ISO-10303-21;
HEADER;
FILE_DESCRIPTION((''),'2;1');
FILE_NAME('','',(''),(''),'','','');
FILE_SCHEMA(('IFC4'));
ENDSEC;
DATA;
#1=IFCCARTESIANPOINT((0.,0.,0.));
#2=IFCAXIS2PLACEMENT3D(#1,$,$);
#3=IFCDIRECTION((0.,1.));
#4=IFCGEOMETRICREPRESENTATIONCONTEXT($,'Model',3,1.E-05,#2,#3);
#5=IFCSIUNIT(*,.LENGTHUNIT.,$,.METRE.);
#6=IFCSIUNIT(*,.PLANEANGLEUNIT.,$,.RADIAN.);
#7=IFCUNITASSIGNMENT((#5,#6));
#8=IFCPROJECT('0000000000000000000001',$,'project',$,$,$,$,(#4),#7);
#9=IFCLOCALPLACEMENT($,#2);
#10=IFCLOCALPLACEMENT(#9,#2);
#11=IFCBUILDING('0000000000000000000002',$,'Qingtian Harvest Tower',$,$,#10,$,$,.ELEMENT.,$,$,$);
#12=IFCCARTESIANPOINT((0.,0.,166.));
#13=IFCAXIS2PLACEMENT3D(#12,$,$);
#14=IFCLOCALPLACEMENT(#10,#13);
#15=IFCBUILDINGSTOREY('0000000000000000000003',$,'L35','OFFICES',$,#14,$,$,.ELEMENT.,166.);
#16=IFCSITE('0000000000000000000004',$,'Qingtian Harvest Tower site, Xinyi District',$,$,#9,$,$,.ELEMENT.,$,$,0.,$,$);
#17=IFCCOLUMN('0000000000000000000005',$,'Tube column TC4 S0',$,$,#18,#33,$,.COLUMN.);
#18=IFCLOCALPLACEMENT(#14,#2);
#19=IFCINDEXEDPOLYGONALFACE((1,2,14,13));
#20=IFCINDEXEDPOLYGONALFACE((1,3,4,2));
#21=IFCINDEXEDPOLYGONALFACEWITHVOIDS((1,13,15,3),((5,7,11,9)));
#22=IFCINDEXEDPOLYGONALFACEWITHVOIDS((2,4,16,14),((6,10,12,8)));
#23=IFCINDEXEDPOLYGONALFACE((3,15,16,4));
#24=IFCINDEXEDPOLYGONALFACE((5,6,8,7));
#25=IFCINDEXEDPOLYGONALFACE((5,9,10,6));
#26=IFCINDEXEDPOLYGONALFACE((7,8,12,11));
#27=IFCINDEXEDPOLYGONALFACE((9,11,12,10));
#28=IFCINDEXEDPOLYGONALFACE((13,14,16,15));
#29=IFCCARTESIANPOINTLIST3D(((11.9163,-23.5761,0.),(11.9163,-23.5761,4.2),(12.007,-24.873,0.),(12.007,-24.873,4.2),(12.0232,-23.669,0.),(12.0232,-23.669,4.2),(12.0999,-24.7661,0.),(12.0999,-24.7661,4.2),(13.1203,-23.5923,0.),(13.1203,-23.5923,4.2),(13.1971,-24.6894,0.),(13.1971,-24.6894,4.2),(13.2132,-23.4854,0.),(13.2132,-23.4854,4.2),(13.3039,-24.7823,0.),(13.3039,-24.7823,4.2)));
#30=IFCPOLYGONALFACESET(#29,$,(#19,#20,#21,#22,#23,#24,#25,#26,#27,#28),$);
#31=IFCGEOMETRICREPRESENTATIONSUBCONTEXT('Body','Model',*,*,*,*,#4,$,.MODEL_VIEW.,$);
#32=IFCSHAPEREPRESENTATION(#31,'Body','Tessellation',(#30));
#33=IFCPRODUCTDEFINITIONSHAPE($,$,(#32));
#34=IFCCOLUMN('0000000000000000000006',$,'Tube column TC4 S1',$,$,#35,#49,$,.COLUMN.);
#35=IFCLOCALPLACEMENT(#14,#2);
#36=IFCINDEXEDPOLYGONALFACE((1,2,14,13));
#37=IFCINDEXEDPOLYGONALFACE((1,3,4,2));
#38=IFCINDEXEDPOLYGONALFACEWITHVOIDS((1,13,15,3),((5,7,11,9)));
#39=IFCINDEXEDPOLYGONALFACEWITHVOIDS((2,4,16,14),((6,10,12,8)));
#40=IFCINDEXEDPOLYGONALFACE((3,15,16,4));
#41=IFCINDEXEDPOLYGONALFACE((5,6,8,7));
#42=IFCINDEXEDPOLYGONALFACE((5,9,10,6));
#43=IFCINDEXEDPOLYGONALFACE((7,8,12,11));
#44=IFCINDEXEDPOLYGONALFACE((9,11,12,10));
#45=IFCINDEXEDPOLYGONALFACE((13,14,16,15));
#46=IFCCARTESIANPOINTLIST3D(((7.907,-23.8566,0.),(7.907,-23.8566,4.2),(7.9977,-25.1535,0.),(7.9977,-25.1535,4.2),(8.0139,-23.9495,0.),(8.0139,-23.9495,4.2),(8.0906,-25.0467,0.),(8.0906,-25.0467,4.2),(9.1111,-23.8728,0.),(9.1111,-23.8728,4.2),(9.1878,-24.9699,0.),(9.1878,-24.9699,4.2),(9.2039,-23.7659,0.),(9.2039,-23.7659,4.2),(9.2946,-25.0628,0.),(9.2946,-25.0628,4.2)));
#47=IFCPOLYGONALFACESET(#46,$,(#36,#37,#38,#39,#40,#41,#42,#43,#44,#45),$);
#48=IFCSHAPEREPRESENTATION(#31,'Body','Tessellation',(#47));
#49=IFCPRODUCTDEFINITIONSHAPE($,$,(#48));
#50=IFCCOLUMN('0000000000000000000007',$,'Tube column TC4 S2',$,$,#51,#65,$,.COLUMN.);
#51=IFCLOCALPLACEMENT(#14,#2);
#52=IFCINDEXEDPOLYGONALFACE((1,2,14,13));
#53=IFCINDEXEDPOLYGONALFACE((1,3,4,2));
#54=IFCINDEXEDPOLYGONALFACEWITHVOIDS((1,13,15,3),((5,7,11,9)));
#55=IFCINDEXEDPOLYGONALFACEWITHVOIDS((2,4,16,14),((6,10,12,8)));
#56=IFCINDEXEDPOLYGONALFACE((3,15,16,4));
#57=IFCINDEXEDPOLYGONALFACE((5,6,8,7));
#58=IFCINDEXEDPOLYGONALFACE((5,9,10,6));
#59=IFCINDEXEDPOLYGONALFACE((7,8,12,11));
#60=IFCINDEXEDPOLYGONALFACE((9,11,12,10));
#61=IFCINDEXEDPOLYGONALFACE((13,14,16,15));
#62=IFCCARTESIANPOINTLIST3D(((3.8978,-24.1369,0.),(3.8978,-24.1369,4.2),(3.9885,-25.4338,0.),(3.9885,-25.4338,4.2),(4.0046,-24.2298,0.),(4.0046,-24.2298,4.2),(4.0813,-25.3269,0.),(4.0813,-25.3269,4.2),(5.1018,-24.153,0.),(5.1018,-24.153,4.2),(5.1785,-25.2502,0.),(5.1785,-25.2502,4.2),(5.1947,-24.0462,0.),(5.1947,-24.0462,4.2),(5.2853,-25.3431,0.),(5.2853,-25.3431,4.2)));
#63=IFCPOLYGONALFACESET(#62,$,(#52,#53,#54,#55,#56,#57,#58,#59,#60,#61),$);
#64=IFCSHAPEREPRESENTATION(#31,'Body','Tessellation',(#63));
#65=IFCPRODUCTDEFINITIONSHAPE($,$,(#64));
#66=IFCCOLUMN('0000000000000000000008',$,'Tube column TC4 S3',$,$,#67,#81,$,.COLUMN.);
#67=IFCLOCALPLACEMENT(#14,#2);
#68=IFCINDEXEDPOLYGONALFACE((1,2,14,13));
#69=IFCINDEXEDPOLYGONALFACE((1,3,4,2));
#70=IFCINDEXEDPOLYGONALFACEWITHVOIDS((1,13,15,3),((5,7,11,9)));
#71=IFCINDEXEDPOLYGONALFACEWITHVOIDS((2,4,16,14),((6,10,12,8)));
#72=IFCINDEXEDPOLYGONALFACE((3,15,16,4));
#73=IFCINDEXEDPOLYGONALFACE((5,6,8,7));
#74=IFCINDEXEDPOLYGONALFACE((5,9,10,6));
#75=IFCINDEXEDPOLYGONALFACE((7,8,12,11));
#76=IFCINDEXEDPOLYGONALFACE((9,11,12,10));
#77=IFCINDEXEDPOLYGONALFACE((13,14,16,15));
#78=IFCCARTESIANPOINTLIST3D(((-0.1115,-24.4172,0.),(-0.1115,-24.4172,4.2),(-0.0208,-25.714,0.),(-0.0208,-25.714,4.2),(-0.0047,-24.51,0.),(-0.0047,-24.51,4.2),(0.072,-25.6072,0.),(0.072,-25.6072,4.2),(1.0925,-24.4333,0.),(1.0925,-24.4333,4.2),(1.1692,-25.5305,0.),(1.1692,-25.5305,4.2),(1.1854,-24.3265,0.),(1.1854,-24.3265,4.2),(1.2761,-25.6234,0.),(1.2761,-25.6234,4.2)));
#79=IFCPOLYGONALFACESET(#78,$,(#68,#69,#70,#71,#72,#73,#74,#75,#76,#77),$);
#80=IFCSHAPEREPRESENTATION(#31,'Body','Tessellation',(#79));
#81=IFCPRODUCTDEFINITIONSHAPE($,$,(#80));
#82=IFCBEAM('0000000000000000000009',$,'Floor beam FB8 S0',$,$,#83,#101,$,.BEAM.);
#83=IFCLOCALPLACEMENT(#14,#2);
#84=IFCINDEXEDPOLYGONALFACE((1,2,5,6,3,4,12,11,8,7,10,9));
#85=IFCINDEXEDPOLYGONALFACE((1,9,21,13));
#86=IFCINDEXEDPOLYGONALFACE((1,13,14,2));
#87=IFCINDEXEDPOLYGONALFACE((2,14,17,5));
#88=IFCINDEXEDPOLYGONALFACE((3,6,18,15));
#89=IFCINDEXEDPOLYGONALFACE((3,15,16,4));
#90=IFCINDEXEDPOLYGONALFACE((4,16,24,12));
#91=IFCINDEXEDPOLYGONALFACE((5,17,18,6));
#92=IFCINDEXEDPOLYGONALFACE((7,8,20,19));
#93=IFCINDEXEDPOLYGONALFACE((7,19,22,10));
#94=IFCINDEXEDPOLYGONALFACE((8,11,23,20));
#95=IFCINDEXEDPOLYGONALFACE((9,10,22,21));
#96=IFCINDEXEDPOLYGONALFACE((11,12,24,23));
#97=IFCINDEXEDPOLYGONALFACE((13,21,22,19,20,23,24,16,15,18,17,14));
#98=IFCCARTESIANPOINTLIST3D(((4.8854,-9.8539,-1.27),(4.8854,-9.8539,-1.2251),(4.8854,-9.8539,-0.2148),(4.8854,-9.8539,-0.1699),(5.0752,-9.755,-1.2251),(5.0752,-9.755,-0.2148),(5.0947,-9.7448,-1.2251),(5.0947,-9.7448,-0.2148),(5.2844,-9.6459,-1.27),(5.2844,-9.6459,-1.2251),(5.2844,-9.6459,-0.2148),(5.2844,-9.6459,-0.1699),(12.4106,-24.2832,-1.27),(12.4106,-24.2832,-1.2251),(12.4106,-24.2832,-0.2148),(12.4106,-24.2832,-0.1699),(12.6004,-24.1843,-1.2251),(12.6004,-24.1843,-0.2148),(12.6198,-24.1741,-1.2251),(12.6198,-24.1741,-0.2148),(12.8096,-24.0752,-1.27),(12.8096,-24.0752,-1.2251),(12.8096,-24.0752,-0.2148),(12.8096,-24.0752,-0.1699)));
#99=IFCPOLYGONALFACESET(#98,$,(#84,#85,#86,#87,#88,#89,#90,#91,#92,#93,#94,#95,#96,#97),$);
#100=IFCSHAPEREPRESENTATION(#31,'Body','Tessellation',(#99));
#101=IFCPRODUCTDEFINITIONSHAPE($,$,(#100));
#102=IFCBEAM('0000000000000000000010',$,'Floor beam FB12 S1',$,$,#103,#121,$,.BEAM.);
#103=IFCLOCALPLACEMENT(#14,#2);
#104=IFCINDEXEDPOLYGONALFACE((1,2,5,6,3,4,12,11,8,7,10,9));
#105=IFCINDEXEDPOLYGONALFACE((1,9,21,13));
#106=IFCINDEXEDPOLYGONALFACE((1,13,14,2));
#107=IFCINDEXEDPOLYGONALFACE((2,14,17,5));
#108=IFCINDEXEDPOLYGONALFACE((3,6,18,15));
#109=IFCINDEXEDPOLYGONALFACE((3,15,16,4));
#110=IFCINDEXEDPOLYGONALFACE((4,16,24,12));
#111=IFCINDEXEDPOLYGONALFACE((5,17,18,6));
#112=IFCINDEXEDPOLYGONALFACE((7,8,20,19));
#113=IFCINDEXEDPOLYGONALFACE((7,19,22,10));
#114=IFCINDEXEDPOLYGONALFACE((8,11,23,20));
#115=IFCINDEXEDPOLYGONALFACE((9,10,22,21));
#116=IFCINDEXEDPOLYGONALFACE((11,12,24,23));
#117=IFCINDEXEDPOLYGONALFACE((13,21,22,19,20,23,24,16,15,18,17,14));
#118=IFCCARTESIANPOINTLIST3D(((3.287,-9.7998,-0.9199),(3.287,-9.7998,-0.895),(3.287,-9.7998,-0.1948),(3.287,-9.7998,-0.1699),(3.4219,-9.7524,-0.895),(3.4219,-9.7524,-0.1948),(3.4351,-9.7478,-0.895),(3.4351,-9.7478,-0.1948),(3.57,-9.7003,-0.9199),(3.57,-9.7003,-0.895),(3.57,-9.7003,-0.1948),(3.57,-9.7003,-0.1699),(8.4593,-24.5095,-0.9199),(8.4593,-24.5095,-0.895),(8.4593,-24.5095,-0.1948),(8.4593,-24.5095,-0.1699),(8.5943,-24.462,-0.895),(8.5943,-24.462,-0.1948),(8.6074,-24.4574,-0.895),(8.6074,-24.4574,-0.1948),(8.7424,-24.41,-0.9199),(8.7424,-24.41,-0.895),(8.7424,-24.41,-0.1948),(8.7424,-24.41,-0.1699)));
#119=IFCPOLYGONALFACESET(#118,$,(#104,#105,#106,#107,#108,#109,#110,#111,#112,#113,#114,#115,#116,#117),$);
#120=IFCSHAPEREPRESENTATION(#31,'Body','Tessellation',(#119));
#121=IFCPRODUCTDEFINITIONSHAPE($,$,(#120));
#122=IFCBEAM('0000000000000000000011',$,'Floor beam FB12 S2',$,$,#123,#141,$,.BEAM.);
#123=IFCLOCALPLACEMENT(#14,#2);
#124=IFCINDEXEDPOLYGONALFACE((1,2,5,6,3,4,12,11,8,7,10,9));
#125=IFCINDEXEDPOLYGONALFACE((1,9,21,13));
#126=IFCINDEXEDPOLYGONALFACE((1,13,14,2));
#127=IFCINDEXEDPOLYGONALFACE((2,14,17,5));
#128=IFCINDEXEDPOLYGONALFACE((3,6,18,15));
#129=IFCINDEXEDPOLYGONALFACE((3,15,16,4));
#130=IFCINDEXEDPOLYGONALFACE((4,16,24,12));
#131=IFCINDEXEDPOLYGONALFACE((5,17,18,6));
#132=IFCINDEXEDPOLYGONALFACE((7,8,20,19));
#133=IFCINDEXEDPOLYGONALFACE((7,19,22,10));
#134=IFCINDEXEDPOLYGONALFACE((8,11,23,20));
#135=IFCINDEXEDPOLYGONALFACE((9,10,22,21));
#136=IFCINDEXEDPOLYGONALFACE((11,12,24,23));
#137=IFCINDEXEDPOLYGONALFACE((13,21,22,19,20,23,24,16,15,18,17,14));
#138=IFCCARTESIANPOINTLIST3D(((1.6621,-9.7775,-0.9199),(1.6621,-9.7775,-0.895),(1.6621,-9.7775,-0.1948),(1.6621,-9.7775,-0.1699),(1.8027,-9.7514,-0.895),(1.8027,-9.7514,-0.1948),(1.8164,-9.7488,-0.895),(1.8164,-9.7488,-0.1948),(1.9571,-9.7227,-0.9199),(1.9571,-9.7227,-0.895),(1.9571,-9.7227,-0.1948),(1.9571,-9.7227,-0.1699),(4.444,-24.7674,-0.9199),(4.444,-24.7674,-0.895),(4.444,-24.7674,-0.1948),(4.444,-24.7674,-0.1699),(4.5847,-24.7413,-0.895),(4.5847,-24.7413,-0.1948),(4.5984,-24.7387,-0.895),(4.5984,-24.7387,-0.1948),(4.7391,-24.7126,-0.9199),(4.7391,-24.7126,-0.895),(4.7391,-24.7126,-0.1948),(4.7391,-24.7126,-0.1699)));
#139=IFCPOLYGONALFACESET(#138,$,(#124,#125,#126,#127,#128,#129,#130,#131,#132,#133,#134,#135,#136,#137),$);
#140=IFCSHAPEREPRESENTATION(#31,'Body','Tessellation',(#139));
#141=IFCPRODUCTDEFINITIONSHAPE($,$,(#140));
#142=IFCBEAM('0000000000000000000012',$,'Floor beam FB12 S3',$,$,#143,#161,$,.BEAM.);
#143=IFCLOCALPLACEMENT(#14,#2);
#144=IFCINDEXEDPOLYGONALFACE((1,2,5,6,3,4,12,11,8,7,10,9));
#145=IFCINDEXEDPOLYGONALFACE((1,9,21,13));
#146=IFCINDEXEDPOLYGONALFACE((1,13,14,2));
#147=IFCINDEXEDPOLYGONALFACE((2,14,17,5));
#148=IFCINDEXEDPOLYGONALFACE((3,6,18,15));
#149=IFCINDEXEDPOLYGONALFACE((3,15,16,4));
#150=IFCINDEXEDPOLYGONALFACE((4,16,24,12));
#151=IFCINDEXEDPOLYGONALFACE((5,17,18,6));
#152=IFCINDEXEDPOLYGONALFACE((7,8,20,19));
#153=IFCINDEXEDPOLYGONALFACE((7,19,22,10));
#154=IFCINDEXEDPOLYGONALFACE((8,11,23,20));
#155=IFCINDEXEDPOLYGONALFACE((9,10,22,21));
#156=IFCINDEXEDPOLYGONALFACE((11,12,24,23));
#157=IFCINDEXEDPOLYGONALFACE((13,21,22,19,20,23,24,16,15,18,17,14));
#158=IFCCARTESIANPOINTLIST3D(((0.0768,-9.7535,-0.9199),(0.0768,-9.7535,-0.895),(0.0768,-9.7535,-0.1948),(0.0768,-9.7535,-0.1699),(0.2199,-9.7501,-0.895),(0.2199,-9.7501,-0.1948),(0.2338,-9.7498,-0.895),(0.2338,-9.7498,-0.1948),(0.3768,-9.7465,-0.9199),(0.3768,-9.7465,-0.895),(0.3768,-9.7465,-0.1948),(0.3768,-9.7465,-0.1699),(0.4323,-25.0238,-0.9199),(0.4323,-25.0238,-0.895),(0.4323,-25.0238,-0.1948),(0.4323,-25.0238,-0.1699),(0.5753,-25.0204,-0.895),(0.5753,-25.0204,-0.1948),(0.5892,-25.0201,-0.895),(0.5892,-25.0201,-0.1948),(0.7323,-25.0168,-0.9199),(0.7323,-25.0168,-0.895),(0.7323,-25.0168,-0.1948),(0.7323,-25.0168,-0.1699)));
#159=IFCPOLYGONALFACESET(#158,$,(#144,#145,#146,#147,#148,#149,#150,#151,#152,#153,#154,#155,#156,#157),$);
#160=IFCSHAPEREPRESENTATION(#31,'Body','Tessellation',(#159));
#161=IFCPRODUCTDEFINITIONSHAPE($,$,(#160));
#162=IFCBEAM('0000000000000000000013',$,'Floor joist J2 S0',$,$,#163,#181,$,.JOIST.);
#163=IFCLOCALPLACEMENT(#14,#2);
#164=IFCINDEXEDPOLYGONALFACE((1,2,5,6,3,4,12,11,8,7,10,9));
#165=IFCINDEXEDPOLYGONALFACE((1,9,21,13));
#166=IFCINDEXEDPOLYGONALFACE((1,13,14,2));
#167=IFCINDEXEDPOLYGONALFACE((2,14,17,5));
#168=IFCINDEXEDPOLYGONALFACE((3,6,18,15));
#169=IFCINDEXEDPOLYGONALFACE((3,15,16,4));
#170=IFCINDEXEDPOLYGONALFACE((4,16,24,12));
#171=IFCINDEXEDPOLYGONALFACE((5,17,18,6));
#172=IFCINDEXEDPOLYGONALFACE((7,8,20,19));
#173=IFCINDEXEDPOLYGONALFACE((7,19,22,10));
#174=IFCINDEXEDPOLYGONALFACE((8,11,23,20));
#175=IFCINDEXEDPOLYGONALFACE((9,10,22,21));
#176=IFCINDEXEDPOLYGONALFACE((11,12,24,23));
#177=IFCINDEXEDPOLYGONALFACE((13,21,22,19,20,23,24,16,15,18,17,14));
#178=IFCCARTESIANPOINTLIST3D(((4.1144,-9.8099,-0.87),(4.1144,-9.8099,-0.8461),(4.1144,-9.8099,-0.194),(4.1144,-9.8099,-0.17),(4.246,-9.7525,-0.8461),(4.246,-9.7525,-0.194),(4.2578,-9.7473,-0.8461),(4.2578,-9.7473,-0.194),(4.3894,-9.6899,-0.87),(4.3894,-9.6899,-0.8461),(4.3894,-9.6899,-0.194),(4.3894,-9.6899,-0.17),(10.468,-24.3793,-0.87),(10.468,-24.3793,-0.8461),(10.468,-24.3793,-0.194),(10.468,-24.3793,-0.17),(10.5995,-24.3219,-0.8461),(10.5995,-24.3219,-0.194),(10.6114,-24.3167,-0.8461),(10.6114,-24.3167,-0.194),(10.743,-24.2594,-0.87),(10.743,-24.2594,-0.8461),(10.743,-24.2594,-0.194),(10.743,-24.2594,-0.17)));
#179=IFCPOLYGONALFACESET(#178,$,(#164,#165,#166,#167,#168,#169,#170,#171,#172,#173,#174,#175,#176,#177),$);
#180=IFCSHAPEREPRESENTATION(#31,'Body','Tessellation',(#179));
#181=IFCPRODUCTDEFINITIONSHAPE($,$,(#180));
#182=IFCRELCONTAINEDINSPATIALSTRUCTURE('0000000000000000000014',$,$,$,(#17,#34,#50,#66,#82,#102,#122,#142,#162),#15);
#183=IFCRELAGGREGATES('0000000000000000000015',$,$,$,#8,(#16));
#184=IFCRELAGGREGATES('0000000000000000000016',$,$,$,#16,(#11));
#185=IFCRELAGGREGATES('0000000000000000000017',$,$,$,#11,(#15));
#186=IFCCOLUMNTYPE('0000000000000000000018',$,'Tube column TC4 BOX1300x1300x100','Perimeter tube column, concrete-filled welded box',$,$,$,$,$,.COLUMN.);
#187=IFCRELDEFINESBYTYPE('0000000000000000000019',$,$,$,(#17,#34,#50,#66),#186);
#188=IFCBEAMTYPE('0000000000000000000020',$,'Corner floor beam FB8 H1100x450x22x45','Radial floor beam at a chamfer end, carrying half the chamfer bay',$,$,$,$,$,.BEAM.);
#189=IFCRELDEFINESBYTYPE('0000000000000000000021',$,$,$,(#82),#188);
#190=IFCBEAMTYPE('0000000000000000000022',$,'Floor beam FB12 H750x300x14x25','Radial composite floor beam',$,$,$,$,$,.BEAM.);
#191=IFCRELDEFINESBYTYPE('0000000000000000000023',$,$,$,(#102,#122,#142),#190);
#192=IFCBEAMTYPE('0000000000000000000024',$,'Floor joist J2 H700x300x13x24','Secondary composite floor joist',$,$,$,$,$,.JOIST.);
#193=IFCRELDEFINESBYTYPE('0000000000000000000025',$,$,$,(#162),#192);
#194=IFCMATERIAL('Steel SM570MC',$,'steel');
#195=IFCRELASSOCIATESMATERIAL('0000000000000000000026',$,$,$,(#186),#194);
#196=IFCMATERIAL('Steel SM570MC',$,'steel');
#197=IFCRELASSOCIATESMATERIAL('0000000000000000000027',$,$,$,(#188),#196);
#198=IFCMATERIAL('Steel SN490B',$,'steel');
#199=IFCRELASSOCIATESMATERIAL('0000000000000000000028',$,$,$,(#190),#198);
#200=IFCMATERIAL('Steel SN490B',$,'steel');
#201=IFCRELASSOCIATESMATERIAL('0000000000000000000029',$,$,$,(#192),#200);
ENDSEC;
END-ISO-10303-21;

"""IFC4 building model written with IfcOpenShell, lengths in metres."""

from ifc_helpers import new_model, si_unit, direction, frame, origin, origin_2d, place, context, subcontext, project, spatial, hollow_rectangle, i_section, extrude, material, material_profile, profile_set, type_object, element, save


model = new_model("IFC4")

# Units and contexts
model_context = context("Model", 3, precision=1e-05, world=origin(), true_north=direction((0.0, 1.0)))
body_context = subcontext(model_context, "Body", "Model", "MODEL_VIEW")
ifc_project = project(units=[si_unit("LENGTHUNIT", "METRE"), si_unit("PLANEANGLEUNIT", "RADIAN")], contexts=[model_context])

# Site, building, storey
site_placement = place(None, origin())
site = spatial("IfcSite", under=ifc_project, at=site_placement, Name="Qingtian Harvest Tower site, Xinyi District", CompositionType="ELEMENT", RefElevation=0.0)
building_placement = place(site_placement, origin())
building = spatial("IfcBuilding", under=site, at=building_placement, Name="Qingtian Harvest Tower", CompositionType="ELEMENT")
storey_placement = place(building_placement, frame((0.0, 0.0, 166.0)))
storey = spatial("IfcBuildingStorey", under=building, at=storey_placement, Name="L35", Description="OFFICES", CompositionType="ELEMENT", Elevation=166.0)

# Columns
ifc_material_1 = material(Name="Steel SM570MC", Category="steel")
ifc_material_profile_1 = material_profile(ifc_material_1, hollow_rectangle(XDim=1.3, YDim=1.3, WallThickness=0.1001, at=origin_2d()), Name="BOX1300x1300x100")
ifc_profile_set_1 = profile_set([ifc_material_profile_1], Name="Steel SM570MC")
column_type = type_object("IfcColumnType", Name="Tube column TC4 BOX1300x1300x100", Description="Perimeter tube column, concrete-filled welded box", PredefinedType="COLUMN", material=ifc_profile_set_1)
for number, where, z_axis, x_axis, name in (
    (1, (12.6101, -24.1792, 0.0), (0.0, 0.0, 1.0), (0.997564, 0.069756, 0.0), "Tube column TC4 S0"),
    (2, (8.6008, -24.4597, 0.0), (0.0, 0.0, 1.0), (0.997564, 0.069756, 0.0), "Tube column TC4 S1"),
    (3, (4.5916, -24.74, 0.0), (0.0, 0.0, 1.0), (0.997564, 0.069756, 0.0), "Tube column TC4 S2"),
    (4, (0.5823, -25.0203, 0.0), (0.0, 0.0, 1.0), (0.997564, 0.069756, 0.0), "Tube column TC4 S3"),
):
    element("IfcColumn", number, at=place(storey_placement, frame(where, z_axis=z_axis, x_axis=x_axis)), inside=storey, type_object=column_type, Name=name, PredefinedType="COLUMN", context=body_context, shape_type="SweptSolid", body=[
        extrude(hollow_rectangle(XDim=1.3, YDim=1.3, WallThickness=0.1001, at=origin_2d()), origin(), (0.0, 0.0, 1.0), 4.2),
    ])

# Beams
ifc_material_2 = material(Name="Steel SM570MC", Category="steel")
ifc_material_profile_2 = material_profile(ifc_material_2, i_section(OverallWidth=0.45, OverallDepth=1.1001, WebThickness=0.022, FlangeThickness=0.0449, at=origin_2d()), Name="H1100x450x22x45")
ifc_profile_set_2 = profile_set([ifc_material_profile_2], Name="Steel SM570MC")
beam_type_1 = type_object("IfcBeamType", Name="Corner floor beam FB8 H1100x450x22x45", Description="Radial floor beam at a chamfer end, carrying half the chamfer bay", PredefinedType="BEAM", material=ifc_profile_set_2)
beam_1_placement = place(storey_placement, frame((12.6101, -24.1792, -0.72), z_axis=(-0.462415, 0.886664, 0.0), x_axis=(-0.886664, -0.462415, 0.0)))
element("IfcBeam", 5, at=beam_1_placement, inside=storey, type_object=beam_type_1, Name="Floor beam FB8 S0", PredefinedType="BEAM", context=body_context, shape_type="SweptSolid", body=[
    extrude(i_section(OverallWidth=0.45, OverallDepth=1.1001, WebThickness=0.022, FlangeThickness=0.0449, at=origin_2d()), origin(), (0.0, 0.0, 1.0), 16.2737),
])
ifc_material_3 = material(Name="Steel SN490B", Category="steel")
ifc_material_profile_3 = material_profile(ifc_material_3, i_section(OverallWidth=0.3, OverallDepth=0.75, WebThickness=0.0139, FlangeThickness=0.0249, at=origin_2d()), Name="H750x300x14x25")
ifc_profile_set_3 = profile_set([ifc_material_profile_3], Name="Steel SN490B")
beam_type_2 = type_object("IfcBeamType", Name="Floor beam FB12 H750x300x14x25", Description="Radial composite floor beam", PredefinedType="BEAM", material=ifc_profile_set_3)
beam_2_placement = place(storey_placement, frame((8.6008, -24.4597, -0.5449), z_axis=(-0.331719, 0.943378, 0.0), x_axis=(-0.943378, -0.331719, 0.0)))
element("IfcBeam", 6, at=beam_2_placement, inside=storey, type_object=beam_type_2, Name="Floor beam FB12 S1", PredefinedType="BEAM", context=body_context, shape_type="SweptSolid", body=[
    extrude(i_section(OverallWidth=0.3, OverallDepth=0.75, WebThickness=0.0139, FlangeThickness=0.0249, at=origin_2d()), origin(), (0.0, 0.0, 1.0), 15.5925),
])
beam_3_placement = place(storey_placement, frame((4.5916, -24.74, -0.5449), z_axis=(-0.182473, 0.983211, 0.0), x_axis=(-0.983211, -0.182473, 0.0)))
element("IfcBeam", 7, at=beam_3_placement, inside=storey, type_object=beam_type_2, Name="Floor beam FB12 S2", PredefinedType="BEAM", context=body_context, shape_type="SweptSolid", body=[
    extrude(i_section(OverallWidth=0.3, OverallDepth=0.75, WebThickness=0.0139, FlangeThickness=0.0249, at=origin_2d()), origin(), (0.0, 0.0, 1.0), 15.2458),
])
beam_4_placement = place(storey_placement, frame((0.5823, -25.0203, -0.5449), z_axis=(-0.023272, 0.999729, 0.0), x_axis=(-0.999729, -0.023272, 0.0)))
element("IfcBeam", 8, at=beam_4_placement, inside=storey, type_object=beam_type_2, Name="Floor beam FB12 S3", PredefinedType="BEAM", context=body_context, shape_type="SweptSolid", body=[
    extrude(i_section(OverallWidth=0.3, OverallDepth=0.75, WebThickness=0.0139, FlangeThickness=0.0249, at=origin_2d()), origin(), (0.0, 0.0, 1.0), 15.2744),
])
ifc_material_4 = material(Name="Steel SN490B", Category="steel")
ifc_material_profile_4 = material_profile(ifc_material_4, i_section(OverallWidth=0.3, OverallDepth=0.7, WebThickness=0.0129, FlangeThickness=0.0239, at=origin_2d()), Name="H700x300x13x24")
ifc_profile_set_4 = profile_set([ifc_material_profile_4], Name="Steel SN490B")
beam_type_3 = type_object("IfcBeamType", Name="Floor joist J2 H700x300x13x24", Description="Secondary composite floor joist", PredefinedType="JOIST", material=ifc_profile_set_4)
beam_5_placement = place(storey_placement, frame((10.6055, -24.3193, -0.52), z_axis=(-0.399732, 0.916632, 0.0), x_axis=(-0.916632, -0.399732, 0.0)))
element("IfcBeam", 9, at=beam_5_placement, inside=storey, type_object=beam_type_3, Name="Floor joist J2 S0", PredefinedType="JOIST", context=body_context, shape_type="SweptSolid", body=[
    extrude(i_section(OverallWidth=0.3, OverallDepth=0.7, WebThickness=0.0129, FlangeThickness=0.0239, at=origin_2d()), origin(), (0.0, 0.0, 1.0), 15.8945),
])

save(model, "model.ifc")
